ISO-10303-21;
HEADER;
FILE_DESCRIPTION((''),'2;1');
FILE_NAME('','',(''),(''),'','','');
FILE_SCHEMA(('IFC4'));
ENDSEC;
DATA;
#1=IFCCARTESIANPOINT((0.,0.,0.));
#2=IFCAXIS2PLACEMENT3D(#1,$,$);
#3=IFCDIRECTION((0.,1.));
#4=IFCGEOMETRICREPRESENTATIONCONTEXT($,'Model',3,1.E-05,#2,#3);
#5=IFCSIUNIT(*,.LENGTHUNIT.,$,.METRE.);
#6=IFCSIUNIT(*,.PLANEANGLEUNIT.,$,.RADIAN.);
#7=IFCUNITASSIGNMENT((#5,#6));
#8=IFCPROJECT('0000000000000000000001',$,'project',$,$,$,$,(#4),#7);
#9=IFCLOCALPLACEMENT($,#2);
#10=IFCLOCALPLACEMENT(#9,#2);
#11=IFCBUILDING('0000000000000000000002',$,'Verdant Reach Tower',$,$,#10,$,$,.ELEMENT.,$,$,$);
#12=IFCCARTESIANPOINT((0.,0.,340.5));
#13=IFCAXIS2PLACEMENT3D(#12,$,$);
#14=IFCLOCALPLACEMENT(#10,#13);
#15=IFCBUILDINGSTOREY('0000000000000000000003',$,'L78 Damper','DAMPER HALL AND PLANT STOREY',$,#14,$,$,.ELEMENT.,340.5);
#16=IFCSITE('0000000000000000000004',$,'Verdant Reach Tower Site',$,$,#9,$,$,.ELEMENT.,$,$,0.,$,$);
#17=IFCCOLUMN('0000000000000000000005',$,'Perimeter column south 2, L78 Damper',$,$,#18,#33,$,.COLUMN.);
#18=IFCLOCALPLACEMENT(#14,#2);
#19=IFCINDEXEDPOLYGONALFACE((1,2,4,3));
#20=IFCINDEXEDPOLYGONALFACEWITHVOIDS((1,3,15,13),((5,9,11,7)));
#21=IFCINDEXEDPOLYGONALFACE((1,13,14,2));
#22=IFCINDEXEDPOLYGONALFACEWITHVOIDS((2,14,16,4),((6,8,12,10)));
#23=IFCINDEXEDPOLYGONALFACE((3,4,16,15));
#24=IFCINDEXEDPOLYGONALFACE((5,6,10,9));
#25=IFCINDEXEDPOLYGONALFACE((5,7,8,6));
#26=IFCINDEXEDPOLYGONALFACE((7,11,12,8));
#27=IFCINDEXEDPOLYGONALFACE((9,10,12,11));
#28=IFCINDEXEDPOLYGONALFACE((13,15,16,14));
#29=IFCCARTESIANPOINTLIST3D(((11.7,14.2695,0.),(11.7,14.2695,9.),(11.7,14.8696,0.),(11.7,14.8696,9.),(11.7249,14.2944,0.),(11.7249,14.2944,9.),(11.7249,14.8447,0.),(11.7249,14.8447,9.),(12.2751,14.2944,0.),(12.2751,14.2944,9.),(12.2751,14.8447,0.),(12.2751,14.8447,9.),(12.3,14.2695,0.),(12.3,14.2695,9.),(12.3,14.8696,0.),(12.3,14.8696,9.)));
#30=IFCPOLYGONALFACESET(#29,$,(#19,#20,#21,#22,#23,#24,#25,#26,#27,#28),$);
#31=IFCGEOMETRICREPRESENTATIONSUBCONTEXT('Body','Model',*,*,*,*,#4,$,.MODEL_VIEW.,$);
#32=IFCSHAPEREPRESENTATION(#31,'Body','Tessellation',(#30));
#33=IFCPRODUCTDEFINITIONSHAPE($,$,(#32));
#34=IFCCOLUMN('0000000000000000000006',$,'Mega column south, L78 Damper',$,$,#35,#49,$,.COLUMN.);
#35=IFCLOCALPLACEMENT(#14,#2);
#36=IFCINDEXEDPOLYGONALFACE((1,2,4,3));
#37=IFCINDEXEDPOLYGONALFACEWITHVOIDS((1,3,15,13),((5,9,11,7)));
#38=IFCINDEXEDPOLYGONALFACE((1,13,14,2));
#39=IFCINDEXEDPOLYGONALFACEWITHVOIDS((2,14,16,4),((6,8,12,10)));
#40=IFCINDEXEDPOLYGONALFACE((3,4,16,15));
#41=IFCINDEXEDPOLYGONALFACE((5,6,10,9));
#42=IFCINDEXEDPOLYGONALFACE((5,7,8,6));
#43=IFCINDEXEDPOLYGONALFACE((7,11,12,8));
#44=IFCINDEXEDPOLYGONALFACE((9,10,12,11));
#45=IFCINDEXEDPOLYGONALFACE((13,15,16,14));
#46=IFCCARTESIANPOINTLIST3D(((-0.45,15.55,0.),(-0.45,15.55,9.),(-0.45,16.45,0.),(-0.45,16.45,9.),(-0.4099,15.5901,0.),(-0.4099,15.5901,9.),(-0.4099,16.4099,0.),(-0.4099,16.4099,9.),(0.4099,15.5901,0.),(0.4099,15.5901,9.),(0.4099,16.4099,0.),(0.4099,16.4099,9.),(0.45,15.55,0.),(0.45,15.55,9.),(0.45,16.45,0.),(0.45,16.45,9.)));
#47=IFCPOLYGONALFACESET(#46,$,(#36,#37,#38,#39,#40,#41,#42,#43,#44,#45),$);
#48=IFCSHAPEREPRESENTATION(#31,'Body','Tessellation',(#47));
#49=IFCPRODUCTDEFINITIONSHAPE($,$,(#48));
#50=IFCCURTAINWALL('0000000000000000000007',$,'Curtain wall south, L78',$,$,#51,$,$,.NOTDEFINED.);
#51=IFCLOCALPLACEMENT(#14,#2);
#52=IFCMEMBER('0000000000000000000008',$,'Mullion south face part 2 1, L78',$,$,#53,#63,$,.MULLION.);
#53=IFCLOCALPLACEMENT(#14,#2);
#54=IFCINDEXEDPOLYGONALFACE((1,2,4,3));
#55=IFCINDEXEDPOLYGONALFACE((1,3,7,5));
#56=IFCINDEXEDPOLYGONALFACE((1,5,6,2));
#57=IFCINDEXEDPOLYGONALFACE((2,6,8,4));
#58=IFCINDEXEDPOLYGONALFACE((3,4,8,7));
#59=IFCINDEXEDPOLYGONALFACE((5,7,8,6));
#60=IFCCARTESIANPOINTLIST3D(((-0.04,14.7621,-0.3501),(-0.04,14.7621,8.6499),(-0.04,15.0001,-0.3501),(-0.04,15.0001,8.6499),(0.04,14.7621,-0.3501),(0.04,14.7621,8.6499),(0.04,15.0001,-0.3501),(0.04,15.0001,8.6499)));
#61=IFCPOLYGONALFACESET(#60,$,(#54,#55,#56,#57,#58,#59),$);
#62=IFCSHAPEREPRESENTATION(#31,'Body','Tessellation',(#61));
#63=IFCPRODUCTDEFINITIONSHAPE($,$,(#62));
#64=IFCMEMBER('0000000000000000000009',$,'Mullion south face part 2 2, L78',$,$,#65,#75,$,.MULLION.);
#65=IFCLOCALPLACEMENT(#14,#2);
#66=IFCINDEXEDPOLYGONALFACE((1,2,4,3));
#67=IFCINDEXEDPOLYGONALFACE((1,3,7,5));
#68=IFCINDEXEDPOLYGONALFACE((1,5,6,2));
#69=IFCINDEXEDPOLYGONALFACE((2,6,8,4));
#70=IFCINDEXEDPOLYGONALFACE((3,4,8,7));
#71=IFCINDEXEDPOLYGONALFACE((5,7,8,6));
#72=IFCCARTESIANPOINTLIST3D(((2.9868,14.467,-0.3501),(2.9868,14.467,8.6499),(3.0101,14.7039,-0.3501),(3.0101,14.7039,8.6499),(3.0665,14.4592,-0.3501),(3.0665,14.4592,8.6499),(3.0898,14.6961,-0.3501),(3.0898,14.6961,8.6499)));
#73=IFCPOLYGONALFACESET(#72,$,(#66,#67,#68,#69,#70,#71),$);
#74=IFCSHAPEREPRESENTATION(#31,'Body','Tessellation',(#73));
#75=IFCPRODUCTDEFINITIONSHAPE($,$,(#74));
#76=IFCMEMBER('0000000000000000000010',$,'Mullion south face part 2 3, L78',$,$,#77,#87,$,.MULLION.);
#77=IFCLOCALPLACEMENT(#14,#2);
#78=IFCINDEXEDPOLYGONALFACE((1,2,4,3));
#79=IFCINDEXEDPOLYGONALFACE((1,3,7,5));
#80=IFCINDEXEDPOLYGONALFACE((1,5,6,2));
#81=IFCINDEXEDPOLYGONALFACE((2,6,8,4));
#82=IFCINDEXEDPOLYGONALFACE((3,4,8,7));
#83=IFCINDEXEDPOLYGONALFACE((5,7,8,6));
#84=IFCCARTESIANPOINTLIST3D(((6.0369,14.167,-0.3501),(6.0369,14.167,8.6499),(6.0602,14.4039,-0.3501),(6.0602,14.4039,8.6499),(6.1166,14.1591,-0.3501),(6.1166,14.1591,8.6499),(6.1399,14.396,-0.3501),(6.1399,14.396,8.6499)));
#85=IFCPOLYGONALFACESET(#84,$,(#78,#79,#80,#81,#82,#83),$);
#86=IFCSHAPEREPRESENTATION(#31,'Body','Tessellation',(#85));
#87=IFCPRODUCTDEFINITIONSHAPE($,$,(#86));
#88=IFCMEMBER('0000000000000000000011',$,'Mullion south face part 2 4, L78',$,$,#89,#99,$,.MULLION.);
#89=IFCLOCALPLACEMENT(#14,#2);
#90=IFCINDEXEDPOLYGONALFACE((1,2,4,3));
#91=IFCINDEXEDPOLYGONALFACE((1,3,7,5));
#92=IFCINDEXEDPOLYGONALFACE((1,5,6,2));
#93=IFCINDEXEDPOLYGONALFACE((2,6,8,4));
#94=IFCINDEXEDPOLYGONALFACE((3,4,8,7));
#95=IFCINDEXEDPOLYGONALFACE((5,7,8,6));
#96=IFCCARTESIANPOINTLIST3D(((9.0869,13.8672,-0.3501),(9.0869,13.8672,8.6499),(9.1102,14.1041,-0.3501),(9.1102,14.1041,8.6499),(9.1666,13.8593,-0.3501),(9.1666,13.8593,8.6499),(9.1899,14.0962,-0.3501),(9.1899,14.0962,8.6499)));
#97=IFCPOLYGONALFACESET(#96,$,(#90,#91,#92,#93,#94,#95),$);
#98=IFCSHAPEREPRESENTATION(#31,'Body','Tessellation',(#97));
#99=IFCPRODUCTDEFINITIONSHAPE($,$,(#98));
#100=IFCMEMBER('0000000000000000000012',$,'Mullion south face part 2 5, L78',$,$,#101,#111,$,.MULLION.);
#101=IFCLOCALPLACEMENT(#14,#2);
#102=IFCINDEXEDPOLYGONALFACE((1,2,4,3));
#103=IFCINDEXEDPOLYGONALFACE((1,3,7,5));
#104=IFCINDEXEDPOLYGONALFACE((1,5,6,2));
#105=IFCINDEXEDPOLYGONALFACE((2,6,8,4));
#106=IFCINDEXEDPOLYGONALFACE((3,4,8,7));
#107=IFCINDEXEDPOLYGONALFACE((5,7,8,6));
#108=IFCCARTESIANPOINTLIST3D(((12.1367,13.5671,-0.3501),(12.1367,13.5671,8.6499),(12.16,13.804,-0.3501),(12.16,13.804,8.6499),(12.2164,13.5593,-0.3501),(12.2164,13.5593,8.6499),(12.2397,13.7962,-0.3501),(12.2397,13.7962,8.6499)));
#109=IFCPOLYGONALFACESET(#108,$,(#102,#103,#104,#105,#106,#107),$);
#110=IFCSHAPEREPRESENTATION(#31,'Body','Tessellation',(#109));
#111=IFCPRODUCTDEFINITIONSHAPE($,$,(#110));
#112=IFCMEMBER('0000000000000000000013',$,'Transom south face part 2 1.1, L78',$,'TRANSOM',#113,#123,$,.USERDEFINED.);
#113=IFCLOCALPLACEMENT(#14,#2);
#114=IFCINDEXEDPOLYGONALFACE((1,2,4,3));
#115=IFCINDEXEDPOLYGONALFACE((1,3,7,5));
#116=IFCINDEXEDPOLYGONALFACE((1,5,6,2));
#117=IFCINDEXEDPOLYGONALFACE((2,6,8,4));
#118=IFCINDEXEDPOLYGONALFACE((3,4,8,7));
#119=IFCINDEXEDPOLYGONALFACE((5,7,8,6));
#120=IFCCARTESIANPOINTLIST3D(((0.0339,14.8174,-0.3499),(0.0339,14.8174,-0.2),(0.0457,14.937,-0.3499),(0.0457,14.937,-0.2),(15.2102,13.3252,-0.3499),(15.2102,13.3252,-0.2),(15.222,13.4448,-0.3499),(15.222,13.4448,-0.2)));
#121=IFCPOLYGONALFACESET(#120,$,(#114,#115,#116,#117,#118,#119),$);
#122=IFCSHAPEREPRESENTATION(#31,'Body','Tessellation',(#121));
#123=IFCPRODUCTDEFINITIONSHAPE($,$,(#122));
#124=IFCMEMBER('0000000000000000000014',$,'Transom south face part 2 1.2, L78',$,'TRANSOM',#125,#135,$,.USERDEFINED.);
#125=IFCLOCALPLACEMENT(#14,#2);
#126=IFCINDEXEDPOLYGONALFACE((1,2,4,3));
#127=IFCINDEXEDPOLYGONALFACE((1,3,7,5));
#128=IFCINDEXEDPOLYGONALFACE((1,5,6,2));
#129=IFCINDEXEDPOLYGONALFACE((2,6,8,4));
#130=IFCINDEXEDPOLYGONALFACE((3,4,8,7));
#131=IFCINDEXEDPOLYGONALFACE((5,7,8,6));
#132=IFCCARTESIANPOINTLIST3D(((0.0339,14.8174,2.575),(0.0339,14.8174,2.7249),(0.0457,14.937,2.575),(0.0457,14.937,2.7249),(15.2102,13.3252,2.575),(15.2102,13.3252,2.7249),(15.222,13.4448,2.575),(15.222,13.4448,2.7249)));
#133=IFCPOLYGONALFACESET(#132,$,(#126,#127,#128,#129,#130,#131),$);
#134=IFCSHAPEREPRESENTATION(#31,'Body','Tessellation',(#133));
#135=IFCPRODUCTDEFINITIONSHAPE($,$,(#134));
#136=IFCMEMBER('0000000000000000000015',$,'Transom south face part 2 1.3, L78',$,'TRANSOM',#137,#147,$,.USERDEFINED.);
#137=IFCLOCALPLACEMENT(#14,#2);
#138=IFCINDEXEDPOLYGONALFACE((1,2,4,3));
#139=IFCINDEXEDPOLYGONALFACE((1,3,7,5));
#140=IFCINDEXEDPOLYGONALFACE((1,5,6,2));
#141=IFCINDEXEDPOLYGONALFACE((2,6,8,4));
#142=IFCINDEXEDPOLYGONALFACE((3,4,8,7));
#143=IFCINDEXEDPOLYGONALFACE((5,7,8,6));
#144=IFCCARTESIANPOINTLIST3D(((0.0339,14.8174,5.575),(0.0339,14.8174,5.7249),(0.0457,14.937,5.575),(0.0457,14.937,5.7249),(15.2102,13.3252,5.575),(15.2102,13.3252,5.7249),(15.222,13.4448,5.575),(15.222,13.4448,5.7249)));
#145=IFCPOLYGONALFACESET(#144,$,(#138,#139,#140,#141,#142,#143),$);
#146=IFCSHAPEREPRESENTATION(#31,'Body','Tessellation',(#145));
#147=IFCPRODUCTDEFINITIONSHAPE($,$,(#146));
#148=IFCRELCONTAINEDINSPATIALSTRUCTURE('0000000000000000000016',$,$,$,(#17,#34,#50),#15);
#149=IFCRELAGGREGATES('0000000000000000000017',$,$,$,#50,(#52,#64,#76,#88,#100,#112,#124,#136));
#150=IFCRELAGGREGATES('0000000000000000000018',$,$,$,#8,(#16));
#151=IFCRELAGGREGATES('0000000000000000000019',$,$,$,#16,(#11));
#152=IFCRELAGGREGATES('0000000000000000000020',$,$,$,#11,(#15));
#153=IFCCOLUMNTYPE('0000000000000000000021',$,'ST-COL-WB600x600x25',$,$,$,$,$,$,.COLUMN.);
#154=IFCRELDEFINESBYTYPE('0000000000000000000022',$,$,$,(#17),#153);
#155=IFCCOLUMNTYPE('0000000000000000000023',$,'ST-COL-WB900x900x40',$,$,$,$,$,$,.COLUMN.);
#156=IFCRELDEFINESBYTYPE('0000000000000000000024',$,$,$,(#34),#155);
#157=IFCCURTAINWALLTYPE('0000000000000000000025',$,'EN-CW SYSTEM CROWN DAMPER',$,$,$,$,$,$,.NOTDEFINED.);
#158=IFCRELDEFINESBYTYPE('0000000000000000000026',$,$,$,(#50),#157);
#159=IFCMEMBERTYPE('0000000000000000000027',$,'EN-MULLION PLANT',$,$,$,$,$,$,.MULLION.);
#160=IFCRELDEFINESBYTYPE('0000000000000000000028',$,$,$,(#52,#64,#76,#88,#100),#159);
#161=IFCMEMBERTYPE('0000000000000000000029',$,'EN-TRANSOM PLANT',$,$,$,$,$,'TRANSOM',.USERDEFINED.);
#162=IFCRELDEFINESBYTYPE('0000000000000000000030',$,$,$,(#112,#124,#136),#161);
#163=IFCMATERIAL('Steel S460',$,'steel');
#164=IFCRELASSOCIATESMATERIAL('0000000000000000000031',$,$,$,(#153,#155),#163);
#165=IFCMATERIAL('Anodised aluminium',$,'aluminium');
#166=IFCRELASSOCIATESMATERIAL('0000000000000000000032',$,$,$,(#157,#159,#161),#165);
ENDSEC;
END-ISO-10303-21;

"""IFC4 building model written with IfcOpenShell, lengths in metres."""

from ifc_helpers import new_model, si_unit, direction, frame, origin, origin_2d, place, context, subcontext, project, spatial, rectangle, hollow_rectangle, extrude, material, material_profile, profile_set, type_object, element, aggregate, save


model = new_model("IFC4")

# Units and contexts
model_context = context("Model", 3, precision=1e-05, world=origin(), true_north=direction((0.0, 1.0)))
body_context = subcontext(model_context, "Body", "Model", "MODEL_VIEW")
ifc_project = project(units=[si_unit("LENGTHUNIT", "METRE"), si_unit("PLANEANGLEUNIT", "RADIAN")], contexts=[model_context])

# Site, building, storey
site_placement = place(None, origin())
site = spatial("IfcSite", under=ifc_project, at=site_placement, Name="Verdant Reach Tower Site", CompositionType="ELEMENT", RefElevation=0.0)
building_placement = place(site_placement, origin())
building = spatial("IfcBuilding", under=site, at=building_placement, Name="Verdant Reach Tower", CompositionType="ELEMENT")
storey_placement = place(building_placement, frame((0.0, 0.0, 340.5)))
storey = spatial("IfcBuildingStorey", under=building, at=storey_placement, Name="L78 Damper", Description="DAMPER HALL AND PLANT STOREY", CompositionType="ELEMENT", Elevation=340.5)

# Columns
ifc_material_1 = material(Name="Steel S460", Category="steel")
ifc_material_profile_1 = material_profile(ifc_material_1, hollow_rectangle(XDim=0.6001, YDim=0.6001, WallThickness=0.0249, at=origin_2d()), Name="WB 600x600x25")
ifc_profile_set_1 = profile_set([ifc_material_profile_1], Name="Steel S460")
column_type_1 = type_object("IfcColumnType", Name="ST-COL-WB600x600x25", PredefinedType="COLUMN", material=ifc_profile_set_1)
column_1_placement = place(storey_placement, frame((12.0, 14.5696, 0.0), z_axis=(0.0, 0.0, 1.0), x_axis=(1.0, 0.0, 0.0)))
element("IfcColumn", 1, at=column_1_placement, inside=storey, type_object=column_type_1, Name="Perimeter column south 2, L78 Damper", PredefinedType="COLUMN", context=body_context, shape_type="SweptSolid", body=[
    extrude(hollow_rectangle(XDim=0.6001, YDim=0.6001, WallThickness=0.0249, at=origin_2d()), origin(), (0.0, 0.0, 1.0), 9.0),
])
ifc_material_profile_2 = material_profile(ifc_material_1, hollow_rectangle(XDim=0.8999, YDim=0.8999, WallThickness=0.04, at=origin_2d()), Name="WB 900x900x40")
ifc_profile_set_2 = profile_set([ifc_material_profile_2], Name="Steel S460")
column_type_2 = type_object("IfcColumnType", Name="ST-COL-WB900x900x40", PredefinedType="COLUMN", material=ifc_profile_set_2)
column_2_placement = place(storey_placement, frame((0.0, 16.0, 0.0), z_axis=(0.0, 0.0, 1.0), x_axis=(1.0, 0.0, 0.0)))
element("IfcColumn", 2, at=column_2_placement, inside=storey, type_object=column_type_2, Name="Mega column south, L78 Damper", PredefinedType="COLUMN", context=body_context, shape_type="SweptSolid", body=[
    extrude(hollow_rectangle(XDim=0.8999, YDim=0.8999, WallThickness=0.04, at=origin_2d()), origin(), (0.0, 0.0, 1.0), 9.0),
])

# Curtain wall, members
ifc_material_2 = material(Name="Anodised aluminium", Category="aluminium")
curtain_wall_type = type_object("IfcCurtainWallType", Name="EN-CW SYSTEM CROWN DAMPER", PredefinedType="NOTDEFINED", material=ifc_material_2)
curtain_wall_placement = place(storey_placement, origin())
curtain_wall = element("IfcCurtainWall", 3, at=curtain_wall_placement, inside=storey, type_object=curtain_wall_type, Name="Curtain wall south, L78", PredefinedType="NOTDEFINED")
ifc_material_profile_3 = material_profile(ifc_material_2, rectangle(XDim=0.238, YDim=0.0801, at=origin_2d()), Name="Mullion 80x240")
ifc_profile_set_3 = profile_set([ifc_material_profile_3], Name="Anodised aluminium")
member_type_1 = type_object("IfcMemberType", Name="EN-MULLION PLANT", PredefinedType="MULLION", material=ifc_profile_set_3)
member_1_placement = place(storey_placement, frame((0.0, 14.8811, -0.3501), z_axis=(0.0, 0.0, 1.0), x_axis=(0.0, -1.0, 0.0)))
member_1 = element("IfcMember", 4, at=member_1_placement, type_object=member_type_1, Name="Mullion south face part 2 1, L78", PredefinedType="MULLION", context=body_context, shape_type="SweptSolid", body=[
    extrude(rectangle(XDim=0.238, YDim=0.0801, at=origin_2d()), origin(), (0.0, 0.0, 1.0), 9.0),
])
member_2_placement = place(storey_placement, frame((3.0383, 14.5815, -0.3501), z_axis=(0.0, 0.0, 1.0), x_axis=(-0.097888, -0.995197, 0.0)))
member_2 = element("IfcMember", 5, at=member_2_placement, type_object=member_type_1, Name="Mullion south face part 2 2, L78", PredefinedType="MULLION", context=body_context, shape_type="SweptSolid", body=[
    extrude(rectangle(XDim=0.238, YDim=0.0801, at=origin_2d()), origin(), (0.0, 0.0, 1.0), 9.0),
])
member_3_placement = place(storey_placement, frame((6.0884, 14.2815, -0.3501), z_axis=(0.0, 0.0, 1.0), x_axis=(-0.097888, -0.995197, 0.0)))
member_3 = element("IfcMember", 6, at=member_3_placement, type_object=member_type_1, Name="Mullion south face part 2 3, L78", PredefinedType="MULLION", context=body_context, shape_type="SweptSolid", body=[
    extrude(rectangle(XDim=0.238, YDim=0.0801, at=origin_2d()), origin(), (0.0, 0.0, 1.0), 9.0),
])
member_4_placement = place(storey_placement, frame((9.1384, 13.9817, -0.3501), z_axis=(0.0, 0.0, 1.0), x_axis=(-0.097888, -0.995197, 0.0)))
member_4 = element("IfcMember", 7, at=member_4_placement, type_object=member_type_1, Name="Mullion south face part 2 4, L78", PredefinedType="MULLION", context=body_context, shape_type="SweptSolid", body=[
    extrude(rectangle(XDim=0.238, YDim=0.0801, at=origin_2d()), origin(), (0.0, 0.0, 1.0), 9.0),
])
member_5_placement = place(storey_placement, frame((12.1882, 13.6816, -0.3501), z_axis=(0.0, 0.0, 1.0), x_axis=(-0.097888, -0.995197, 0.0)))
member_5 = element("IfcMember", 8, at=member_5_placement, type_object=member_type_1, Name="Mullion south face part 2 5, L78", PredefinedType="MULLION", context=body_context, shape_type="SweptSolid", body=[
    extrude(rectangle(XDim=0.238, YDim=0.0801, at=origin_2d()), origin(), (0.0, 0.0, 1.0), 9.0),
])
ifc_material_profile_4 = material_profile(ifc_material_2, rectangle(XDim=0.1201, YDim=0.1499, at=origin_2d()), Name="Transom 150x120")
ifc_profile_set_4 = profile_set([ifc_material_profile_4], Name="Anodised aluminium")
member_type_2 = type_object("IfcMemberType", Name="EN-TRANSOM PLANT", ElementType="TRANSOM", PredefinedType="USERDEFINED", material=ifc_profile_set_4)
member_6_placement = place(storey_placement, frame((0.0398, 14.8772, -0.2749), z_axis=(0.995201, -0.097852, 0.0), x_axis=(0.097852, 0.995201, 0.0)))
member_6 = element("IfcMember", 9, at=member_6_placement, type_object=member_type_2, Name="Transom south face part 2 1.1, L78", ObjectType="TRANSOM", PredefinedType="USERDEFINED", context=body_context, shape_type="SweptSolid", body=[
    extrude(rectangle(XDim=0.1201, YDim=0.1499, at=origin_2d()), origin(), (0.0, 0.0, 1.0), 15.2495),
])
member_7_placement = place(storey_placement, frame((0.0398, 14.8772, 2.6499), z_axis=(0.995201, -0.097852, 0.0), x_axis=(0.097852, 0.995201, 0.0)))
member_7 = element("IfcMember", 10, at=member_7_placement, type_object=member_type_2, Name="Transom south face part 2 1.2, L78", ObjectType="TRANSOM", PredefinedType="USERDEFINED", context=body_context, shape_type="SweptSolid", body=[
    extrude(rectangle(XDim=0.1201, YDim=0.1499, at=origin_2d()), origin(), (0.0, 0.0, 1.0), 15.2495),
])
member_8_placement = place(storey_placement, frame((0.0398, 14.8772, 5.6499), z_axis=(0.995201, -0.097852, 0.0), x_axis=(0.097852, 0.995201, 0.0)))
member_8 = element("IfcMember", 11, at=member_8_placement, type_object=member_type_2, Name="Transom south face part 2 1.3, L78", ObjectType="TRANSOM", PredefinedType="USERDEFINED", context=body_context, shape_type="SweptSolid", body=[
    extrude(rectangle(XDim=0.1201, YDim=0.1499, at=origin_2d()), origin(), (0.0, 0.0, 1.0), 15.2495),
])

aggregate(curtain_wall, [member_1, member_2, member_3, member_4, member_5, member_6, member_7, member_8])

save(model, "model.ifc")
